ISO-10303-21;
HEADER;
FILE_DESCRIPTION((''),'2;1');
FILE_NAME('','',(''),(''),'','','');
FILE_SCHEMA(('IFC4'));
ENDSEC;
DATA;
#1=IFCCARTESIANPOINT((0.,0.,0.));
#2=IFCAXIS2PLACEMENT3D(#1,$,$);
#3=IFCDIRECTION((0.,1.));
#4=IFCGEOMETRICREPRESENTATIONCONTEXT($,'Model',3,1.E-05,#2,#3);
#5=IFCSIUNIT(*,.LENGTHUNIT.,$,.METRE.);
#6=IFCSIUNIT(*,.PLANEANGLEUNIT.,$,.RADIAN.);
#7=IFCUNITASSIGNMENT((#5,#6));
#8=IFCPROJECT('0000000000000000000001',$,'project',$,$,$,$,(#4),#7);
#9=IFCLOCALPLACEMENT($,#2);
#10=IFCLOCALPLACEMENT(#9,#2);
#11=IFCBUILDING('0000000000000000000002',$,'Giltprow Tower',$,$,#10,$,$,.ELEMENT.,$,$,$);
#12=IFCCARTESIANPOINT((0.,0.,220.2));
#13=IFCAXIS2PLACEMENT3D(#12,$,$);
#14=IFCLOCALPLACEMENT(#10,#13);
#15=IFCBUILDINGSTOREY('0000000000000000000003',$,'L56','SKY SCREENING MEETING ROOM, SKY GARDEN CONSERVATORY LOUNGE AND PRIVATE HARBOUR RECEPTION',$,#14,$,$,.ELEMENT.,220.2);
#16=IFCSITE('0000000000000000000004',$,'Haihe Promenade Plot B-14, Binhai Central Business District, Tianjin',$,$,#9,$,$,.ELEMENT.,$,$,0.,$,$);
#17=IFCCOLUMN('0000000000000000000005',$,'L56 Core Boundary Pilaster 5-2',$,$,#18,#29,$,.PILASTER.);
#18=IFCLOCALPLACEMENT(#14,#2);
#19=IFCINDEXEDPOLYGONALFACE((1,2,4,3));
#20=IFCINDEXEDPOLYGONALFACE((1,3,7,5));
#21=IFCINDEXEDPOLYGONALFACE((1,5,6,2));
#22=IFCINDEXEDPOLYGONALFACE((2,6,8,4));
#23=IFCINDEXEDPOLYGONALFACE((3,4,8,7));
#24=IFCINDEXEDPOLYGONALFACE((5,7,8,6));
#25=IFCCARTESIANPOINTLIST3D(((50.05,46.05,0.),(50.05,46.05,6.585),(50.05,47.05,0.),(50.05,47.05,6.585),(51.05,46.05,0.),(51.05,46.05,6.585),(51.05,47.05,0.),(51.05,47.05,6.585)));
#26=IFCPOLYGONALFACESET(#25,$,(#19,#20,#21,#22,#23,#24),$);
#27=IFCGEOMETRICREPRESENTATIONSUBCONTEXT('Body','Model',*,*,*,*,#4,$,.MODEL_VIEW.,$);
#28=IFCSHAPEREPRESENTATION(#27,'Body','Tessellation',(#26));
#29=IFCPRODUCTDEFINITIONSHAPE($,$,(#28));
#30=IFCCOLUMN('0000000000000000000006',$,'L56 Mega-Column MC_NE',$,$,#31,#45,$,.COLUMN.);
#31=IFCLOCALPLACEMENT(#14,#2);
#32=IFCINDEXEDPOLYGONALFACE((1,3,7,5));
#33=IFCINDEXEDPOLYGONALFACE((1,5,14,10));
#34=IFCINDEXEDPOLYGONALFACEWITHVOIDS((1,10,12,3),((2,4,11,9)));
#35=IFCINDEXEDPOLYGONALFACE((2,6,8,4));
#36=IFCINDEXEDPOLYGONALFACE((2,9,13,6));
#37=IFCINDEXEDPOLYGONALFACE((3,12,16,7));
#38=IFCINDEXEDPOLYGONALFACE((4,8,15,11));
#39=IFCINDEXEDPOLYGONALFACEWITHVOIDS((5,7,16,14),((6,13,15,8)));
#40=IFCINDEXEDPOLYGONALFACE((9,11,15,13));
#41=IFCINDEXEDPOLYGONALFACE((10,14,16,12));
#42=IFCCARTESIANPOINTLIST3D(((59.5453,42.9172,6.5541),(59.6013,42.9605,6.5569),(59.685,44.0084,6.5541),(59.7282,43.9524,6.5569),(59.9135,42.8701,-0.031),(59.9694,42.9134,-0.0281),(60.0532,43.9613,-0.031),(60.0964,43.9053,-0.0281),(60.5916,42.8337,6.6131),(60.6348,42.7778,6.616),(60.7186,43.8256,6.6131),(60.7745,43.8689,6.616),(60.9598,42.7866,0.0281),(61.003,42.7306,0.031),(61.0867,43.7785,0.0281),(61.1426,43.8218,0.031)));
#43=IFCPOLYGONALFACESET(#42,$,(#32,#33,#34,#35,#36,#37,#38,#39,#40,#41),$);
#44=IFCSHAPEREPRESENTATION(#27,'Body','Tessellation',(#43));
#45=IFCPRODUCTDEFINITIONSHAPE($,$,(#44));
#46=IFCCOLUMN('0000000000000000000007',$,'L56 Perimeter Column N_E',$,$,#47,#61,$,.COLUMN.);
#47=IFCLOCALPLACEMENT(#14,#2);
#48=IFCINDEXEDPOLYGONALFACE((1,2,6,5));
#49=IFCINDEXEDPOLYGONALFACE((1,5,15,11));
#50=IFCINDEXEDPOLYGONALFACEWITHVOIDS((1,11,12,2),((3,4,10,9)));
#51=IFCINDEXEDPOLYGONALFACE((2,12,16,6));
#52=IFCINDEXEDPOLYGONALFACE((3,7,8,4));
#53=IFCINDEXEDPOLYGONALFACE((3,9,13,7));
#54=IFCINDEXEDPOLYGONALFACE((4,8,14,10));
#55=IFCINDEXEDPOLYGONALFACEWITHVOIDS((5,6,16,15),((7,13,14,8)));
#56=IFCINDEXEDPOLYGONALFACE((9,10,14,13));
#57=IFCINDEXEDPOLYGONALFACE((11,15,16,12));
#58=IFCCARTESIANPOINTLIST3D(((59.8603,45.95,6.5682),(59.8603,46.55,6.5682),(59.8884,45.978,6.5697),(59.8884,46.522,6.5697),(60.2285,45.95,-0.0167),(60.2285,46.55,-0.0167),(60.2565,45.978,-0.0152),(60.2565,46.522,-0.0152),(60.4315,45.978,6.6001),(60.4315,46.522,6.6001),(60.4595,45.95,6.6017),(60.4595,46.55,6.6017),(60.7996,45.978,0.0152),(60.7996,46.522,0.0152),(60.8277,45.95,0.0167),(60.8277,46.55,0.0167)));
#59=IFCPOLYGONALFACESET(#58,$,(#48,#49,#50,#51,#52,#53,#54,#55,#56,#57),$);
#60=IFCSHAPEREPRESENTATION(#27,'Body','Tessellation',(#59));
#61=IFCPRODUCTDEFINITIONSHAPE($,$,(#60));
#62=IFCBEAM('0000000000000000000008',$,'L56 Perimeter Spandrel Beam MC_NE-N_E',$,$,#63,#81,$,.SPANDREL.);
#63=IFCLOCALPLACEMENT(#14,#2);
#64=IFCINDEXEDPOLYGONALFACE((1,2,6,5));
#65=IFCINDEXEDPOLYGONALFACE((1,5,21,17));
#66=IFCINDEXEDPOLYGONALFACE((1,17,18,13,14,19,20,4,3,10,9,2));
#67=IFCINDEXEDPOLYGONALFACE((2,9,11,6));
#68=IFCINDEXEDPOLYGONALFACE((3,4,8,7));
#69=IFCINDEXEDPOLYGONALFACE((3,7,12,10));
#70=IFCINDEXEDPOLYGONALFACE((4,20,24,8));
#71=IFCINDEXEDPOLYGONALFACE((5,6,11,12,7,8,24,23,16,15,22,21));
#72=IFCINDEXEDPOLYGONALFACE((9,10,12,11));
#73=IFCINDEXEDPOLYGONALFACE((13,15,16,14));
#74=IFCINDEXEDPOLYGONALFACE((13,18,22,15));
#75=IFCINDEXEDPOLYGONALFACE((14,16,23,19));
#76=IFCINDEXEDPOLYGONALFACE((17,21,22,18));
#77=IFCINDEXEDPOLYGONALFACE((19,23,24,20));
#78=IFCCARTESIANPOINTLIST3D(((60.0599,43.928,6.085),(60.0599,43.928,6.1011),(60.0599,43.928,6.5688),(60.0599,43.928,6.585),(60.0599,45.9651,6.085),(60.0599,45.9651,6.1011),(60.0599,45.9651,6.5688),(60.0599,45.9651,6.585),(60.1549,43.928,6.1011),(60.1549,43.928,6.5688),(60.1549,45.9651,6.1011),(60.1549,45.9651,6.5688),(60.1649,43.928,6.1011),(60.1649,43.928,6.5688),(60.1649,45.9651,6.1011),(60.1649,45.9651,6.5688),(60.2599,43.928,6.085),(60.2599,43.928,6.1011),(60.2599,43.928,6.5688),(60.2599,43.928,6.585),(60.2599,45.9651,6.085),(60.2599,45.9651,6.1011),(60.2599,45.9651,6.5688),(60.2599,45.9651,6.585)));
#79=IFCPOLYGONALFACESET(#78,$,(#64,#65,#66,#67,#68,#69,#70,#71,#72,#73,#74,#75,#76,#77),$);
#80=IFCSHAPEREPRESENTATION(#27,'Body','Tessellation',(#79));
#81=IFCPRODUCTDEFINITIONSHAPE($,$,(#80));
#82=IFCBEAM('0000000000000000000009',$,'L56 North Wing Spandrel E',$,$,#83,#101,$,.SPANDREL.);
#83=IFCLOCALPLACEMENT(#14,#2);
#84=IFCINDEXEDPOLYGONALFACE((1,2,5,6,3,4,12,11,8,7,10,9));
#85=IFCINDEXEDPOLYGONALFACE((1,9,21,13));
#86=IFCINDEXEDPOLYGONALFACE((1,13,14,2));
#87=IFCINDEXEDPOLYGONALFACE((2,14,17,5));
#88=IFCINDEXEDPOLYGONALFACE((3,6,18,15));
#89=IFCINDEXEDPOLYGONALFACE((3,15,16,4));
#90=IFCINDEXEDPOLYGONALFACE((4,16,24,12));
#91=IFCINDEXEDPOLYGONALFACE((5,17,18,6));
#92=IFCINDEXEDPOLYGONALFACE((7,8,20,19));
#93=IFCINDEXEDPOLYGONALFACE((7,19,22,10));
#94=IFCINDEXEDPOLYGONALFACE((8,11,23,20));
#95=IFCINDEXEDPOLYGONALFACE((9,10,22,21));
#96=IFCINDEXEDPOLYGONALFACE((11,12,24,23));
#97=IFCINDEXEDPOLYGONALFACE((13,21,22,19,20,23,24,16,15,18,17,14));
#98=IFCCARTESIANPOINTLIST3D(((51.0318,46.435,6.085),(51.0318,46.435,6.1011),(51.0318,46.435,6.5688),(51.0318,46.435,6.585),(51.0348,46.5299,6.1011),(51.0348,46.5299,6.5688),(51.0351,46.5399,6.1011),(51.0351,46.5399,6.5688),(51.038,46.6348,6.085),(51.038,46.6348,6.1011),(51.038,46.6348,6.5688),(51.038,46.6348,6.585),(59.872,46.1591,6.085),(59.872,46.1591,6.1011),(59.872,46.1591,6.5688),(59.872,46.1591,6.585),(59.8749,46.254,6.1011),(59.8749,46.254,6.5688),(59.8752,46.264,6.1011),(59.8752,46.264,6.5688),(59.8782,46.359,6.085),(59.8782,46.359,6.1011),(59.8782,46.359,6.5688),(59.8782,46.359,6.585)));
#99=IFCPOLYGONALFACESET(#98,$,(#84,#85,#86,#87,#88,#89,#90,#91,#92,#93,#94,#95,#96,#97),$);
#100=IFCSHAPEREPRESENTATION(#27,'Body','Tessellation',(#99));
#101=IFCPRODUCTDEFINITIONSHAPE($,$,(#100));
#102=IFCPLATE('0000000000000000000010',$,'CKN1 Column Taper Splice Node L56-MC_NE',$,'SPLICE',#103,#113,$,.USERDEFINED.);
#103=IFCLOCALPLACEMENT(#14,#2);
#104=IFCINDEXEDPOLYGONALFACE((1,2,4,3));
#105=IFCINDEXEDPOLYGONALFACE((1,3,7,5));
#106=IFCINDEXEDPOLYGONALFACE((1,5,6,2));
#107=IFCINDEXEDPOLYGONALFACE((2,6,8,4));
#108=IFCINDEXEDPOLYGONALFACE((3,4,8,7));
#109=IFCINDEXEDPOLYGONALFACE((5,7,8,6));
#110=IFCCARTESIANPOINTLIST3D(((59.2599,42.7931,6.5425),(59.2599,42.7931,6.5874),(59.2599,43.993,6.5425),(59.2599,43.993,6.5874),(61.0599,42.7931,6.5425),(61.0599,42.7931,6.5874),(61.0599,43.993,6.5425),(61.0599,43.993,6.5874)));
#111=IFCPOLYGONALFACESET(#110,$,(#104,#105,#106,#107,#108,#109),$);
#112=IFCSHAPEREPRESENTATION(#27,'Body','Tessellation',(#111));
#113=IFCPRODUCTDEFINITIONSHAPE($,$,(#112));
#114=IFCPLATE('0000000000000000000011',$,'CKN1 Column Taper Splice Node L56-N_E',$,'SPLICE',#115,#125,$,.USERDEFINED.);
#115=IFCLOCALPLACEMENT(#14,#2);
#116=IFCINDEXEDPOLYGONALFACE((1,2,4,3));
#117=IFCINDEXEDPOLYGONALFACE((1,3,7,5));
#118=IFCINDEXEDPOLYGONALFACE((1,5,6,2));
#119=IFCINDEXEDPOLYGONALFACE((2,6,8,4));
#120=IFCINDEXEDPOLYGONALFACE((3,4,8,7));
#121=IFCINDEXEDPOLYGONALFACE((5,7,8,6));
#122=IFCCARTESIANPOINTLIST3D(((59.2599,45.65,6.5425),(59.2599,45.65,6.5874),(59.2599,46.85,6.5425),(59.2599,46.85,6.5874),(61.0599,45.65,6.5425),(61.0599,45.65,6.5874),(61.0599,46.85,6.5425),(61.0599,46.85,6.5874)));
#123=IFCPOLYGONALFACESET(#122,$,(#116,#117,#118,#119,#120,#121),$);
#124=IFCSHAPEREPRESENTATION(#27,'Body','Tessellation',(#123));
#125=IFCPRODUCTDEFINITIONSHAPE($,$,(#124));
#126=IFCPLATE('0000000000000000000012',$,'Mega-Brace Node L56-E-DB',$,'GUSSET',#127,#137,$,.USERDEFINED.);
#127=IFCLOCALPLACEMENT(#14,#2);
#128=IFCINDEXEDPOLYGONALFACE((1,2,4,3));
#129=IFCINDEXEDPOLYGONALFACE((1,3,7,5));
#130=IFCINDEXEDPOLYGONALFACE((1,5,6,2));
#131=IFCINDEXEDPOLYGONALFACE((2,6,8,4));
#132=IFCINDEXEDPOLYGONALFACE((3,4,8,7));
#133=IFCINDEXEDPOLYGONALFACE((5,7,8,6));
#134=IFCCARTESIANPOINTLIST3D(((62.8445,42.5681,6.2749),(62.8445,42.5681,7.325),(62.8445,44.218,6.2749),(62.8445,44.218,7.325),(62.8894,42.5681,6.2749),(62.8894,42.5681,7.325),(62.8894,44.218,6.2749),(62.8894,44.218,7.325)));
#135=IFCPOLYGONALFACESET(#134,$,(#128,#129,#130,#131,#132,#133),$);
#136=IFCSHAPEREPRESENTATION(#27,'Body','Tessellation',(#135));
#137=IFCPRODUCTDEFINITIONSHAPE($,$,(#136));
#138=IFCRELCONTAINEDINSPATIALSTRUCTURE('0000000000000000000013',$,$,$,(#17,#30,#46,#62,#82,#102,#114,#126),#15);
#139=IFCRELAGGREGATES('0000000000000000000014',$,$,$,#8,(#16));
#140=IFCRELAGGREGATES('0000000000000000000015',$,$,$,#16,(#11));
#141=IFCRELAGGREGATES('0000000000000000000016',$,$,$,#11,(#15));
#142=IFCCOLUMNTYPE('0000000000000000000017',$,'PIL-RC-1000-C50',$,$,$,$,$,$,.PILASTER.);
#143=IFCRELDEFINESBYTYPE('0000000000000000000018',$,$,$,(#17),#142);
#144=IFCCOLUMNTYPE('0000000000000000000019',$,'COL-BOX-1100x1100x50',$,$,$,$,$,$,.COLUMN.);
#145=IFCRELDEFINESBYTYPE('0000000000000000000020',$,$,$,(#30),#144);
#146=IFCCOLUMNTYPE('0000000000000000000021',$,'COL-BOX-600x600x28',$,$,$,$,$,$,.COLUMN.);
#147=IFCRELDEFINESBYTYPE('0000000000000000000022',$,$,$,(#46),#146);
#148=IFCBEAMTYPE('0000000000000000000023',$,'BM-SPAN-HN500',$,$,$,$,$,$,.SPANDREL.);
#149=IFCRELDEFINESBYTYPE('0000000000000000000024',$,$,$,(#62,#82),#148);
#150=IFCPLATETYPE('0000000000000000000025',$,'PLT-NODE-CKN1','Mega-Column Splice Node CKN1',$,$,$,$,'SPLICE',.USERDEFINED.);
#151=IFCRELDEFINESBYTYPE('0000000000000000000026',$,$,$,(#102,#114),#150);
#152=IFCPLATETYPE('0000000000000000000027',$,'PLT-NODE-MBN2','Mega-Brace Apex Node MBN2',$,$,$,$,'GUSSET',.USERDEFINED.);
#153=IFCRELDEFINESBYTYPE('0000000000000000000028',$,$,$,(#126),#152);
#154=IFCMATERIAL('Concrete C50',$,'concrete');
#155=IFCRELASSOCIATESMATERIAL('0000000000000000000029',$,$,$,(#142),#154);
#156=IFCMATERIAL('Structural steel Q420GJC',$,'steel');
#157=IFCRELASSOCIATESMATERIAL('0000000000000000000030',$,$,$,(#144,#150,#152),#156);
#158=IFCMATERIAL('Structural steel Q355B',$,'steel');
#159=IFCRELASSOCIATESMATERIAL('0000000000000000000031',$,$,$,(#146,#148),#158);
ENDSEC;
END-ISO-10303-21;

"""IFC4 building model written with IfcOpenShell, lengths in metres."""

from ifc_helpers import new_model, si_unit, direction, frame, origin, origin_2d, place, context, subcontext, project, spatial, rectangle, hollow_rectangle, i_section, extrude, source, transform, mapped, material, material_profile, profile_set, type_object, element, save


model = new_model("IFC4")

# Units and contexts
model_context = context("Model", 3, precision=1e-05, world=origin(), true_north=direction((0.0, 1.0)))
body_context = subcontext(model_context, "Body", "Model", "MODEL_VIEW")
ifc_project = project(units=[si_unit("LENGTHUNIT", "METRE"), si_unit("PLANEANGLEUNIT", "RADIAN")], contexts=[model_context])

# Site, building, storey
site_placement = place(None, origin())
site = spatial("IfcSite", under=ifc_project, at=site_placement, Name="Haihe Promenade Plot B-14, Binhai Central Business District, Tianjin", CompositionType="ELEMENT", RefElevation=0.0)
building_placement = place(site_placement, origin())
building = spatial("IfcBuilding", under=site, at=building_placement, Name="Giltprow Tower", CompositionType="ELEMENT")
storey_placement = place(building_placement, frame((0.0, 0.0, 220.2)))
storey = spatial("IfcBuildingStorey", under=building, at=storey_placement, Name="L56", Description="SKY SCREENING MEETING ROOM, SKY GARDEN CONSERVATORY LOUNGE AND PRIVATE HARBOUR RECEPTION", CompositionType="ELEMENT", Elevation=220.2)

# Columns
ifc_material_1 = material(Name="Concrete C50", Category="concrete")
ifc_material_profile_1 = material_profile(ifc_material_1, rectangle(XDim=1.0, YDim=1.0, at=origin_2d()), Name="RC 1000x1000")
ifc_profile_set_1 = profile_set([ifc_material_profile_1], Name="Concrete C50")
column_type_1 = type_object("IfcColumnType", Name="PIL-RC-1000-C50", PredefinedType="PILASTER", material=ifc_profile_set_1)
shared_shape_1 = source(origin(), body_context, "Body", "SweptSolid", [
    extrude(rectangle(XDim=1.0, YDim=1.0, at=origin_2d()), origin(), (0.0, 0.0, 1.0), 6.585),
])
column_1_placement = place(storey_placement, frame((50.55, 46.55, 0.0), z_axis=(0.0, 0.0, 1.0), x_axis=(1.0, 0.0, 0.0)))
element("IfcColumn", 1, at=column_1_placement, inside=storey, type_object=column_type_1, Name="L56 Core Boundary Pilaster 5-2", PredefinedType="PILASTER", context=body_context, shape_type="MappedRepresentation", body=[
    mapped(shared_shape_1, transform((0.0, 0.0, 0.0), x_axis=(1.0, 0.0, 0.0), y_axis=(0.0, 1.0, 0.0), z_axis=(0.0, 0.0, 1.0), scale=1.0)),
])
ifc_material_2 = material(Name="Structural steel Q420GJC", Category="steel")
ifc_material_profile_2 = material_profile(ifc_material_2, hollow_rectangle(XDim=1.1001, YDim=1.1001, WallThickness=0.05, at=origin_2d()), Name="BOX 1100x1100x50")
ifc_profile_set_2 = profile_set([ifc_material_profile_2], Name="Structural steel Q420GJC")
column_type_2 = type_object("IfcColumnType", Name="COL-BOX-1100x1100x50", PredefinedType="COLUMN", material=ifc_profile_set_2)
shared_shape_2 = source(origin(), body_context, "Body", "SweptSolid", [
    extrude(hollow_rectangle(XDim=1.1001, YDim=1.1001, WallThickness=0.05, at=origin_2d()), origin(), (0.0, 0.0, 1.0), 6.5955),
])
column_2_placement = place(storey_placement, frame((60.5281, 43.3459, 0.0), z_axis=(-0.055821, 0.007144, 0.998415), x_axis=(-0.126949, -0.991909, 0.0)))
element("IfcColumn", 2, at=column_2_placement, inside=storey, type_object=column_type_2, Name="L56 Mega-Column MC_NE", PredefinedType="COLUMN", context=body_context, shape_type="MappedRepresentation", body=[
    mapped(shared_shape_2, transform((0.0, 0.0, 0.0), x_axis=(1.0, 0.0, 0.0), y_axis=(0.0, 1.0, 0.0), z_axis=(0.0, 0.0, 1.0), scale=1.0)),
])
ifc_material_3 = material(Name="Structural steel Q355B", Category="steel")
ifc_material_profile_3 = material_profile(ifc_material_3, hollow_rectangle(XDim=0.6001, YDim=0.6001, WallThickness=0.0281, at=origin_2d()), Name="BOX 600x600x28")
ifc_profile_set_3 = profile_set([ifc_material_profile_3], Name="Structural steel Q355B")
column_type_3 = type_object("IfcColumnType", Name="COL-BOX-600x600x28", PredefinedType="COLUMN", material=ifc_profile_set_3)
shared_shape_3 = source(origin(), body_context, "Body", "SweptSolid", [
    extrude(hollow_rectangle(XDim=0.6001, YDim=0.6001, WallThickness=0.0281, at=origin_2d()), origin(), (0.0, 0.0, 1.0), 6.5952),
])
column_3_placement = place(storey_placement, frame((60.5281, 46.25, 0.0), z_axis=(-0.055823, 0.0, 0.998441), x_axis=(0.0, -1.0, 0.0)))
element("IfcColumn", 3, at=column_3_placement, inside=storey, type_object=column_type_3, Name="L56 Perimeter Column N_E", PredefinedType="COLUMN", context=body_context, shape_type="MappedRepresentation", body=[
    mapped(shared_shape_3, transform((0.0, 0.0, 0.0), x_axis=(1.0, 0.0, 0.0), y_axis=(0.0, 1.0, 0.0), z_axis=(0.0, 0.0, 1.0), scale=1.0)),
])

# Beams
ifc_material_profile_4 = material_profile(ifc_material_3, i_section(OverallWidth=0.2, OverallDepth=0.5, WebThickness=0.01, FlangeThickness=0.0161, at=origin_2d()), Name="HN 500x200x10x16")
ifc_profile_set_4 = profile_set([ifc_material_profile_4], Name="Structural steel Q355B")
beam_type = type_object("IfcBeamType", Name="BM-SPAN-HN500", PredefinedType="SPANDREL", material=ifc_profile_set_4)
shared_shape_4 = source(origin(), body_context, "Body", "SweptSolid", [
    extrude(i_section(OverallWidth=0.2, OverallDepth=0.5, WebThickness=0.01, FlangeThickness=0.0161, at=origin_2d()), origin(), (0.0, 0.0, 1.0), 2.0371),
])
beam_1_placement = place(storey_placement, frame((60.1599, 43.928, 6.335), z_axis=(0.0, 1.0, 0.0), x_axis=(-1.0, 0.0, 0.0)))
element("IfcBeam", 4, at=beam_1_placement, inside=storey, type_object=beam_type, Name="L56 Perimeter Spandrel Beam MC_NE-N_E", PredefinedType="SPANDREL", context=body_context, shape_type="MappedRepresentation", body=[
    mapped(shared_shape_4, transform((0.0, 0.0, 0.0), x_axis=(1.0, 0.0, 0.0), y_axis=(0.0, 1.0, 0.0), z_axis=(0.0, 0.0, 1.0), scale=1.0)),
])
shared_shape_5 = source(origin(), body_context, "Body", "SweptSolid", [
    extrude(i_section(OverallWidth=0.2, OverallDepth=0.5, WebThickness=0.01, FlangeThickness=0.0161, at=origin_2d()), origin(), (0.0, 0.0, 1.0), 8.8445),
])
beam_2_placement = place(storey_placement, frame((51.0349, 46.5349, 6.335), z_axis=(0.999513, -0.031193, 0.0), x_axis=(0.031193, 0.999513, 0.0)))
element("IfcBeam", 5, at=beam_2_placement, inside=storey, type_object=beam_type, Name="L56 North Wing Spandrel E", PredefinedType="SPANDREL", context=body_context, shape_type="MappedRepresentation", body=[
    mapped(shared_shape_5, transform((0.0, 0.0, 0.0), x_axis=(1.0, 0.0, 0.0), y_axis=(0.0, 1.0, 0.0), z_axis=(0.0, 0.0, 1.0), scale=1.0)),
])

# Plates
plate_type_1 = type_object("IfcPlateType", Name="PLT-NODE-CKN1", Description="Mega-Column Splice Node CKN1", ElementType="SPLICE", PredefinedType="USERDEFINED", material=ifc_material_2)
shared_shape_6 = source(origin(), body_context, "Body", "SweptSolid", [
    extrude(rectangle(XDim=1.8, YDim=1.2, at=origin_2d()), origin(), (0.0, 0.0, 1.0), 0.0449),
])
for number, where, z_axis, x_axis, name in (
    (6, (60.1599, 43.3931, 6.5425), (0.0, 0.0, 1.0), (1.0, 0.0, 0.0), "CKN1 Column Taper Splice Node L56-MC_NE"),
    (7, (60.1599, 46.25, 6.5425), (0.0, 0.0, 1.0), (1.0, 0.0, 0.0), "CKN1 Column Taper Splice Node L56-N_E"),
):
    element("IfcPlate", number, at=place(storey_placement, frame(where, z_axis=z_axis, x_axis=x_axis)), inside=storey, type_object=plate_type_1, Name=name, ObjectType="SPLICE", PredefinedType="USERDEFINED", context=body_context, shape_type="MappedRepresentation", body=[
        mapped(shared_shape_6, transform((0.0, 0.0, 0.0), x_axis=(1.0, 0.0, 0.0), y_axis=(0.0, 1.0, 0.0), z_axis=(0.0, 0.0, 1.0), scale=1.0)),
    ])
plate_type_2 = type_object("IfcPlateType", Name="PLT-NODE-MBN2", Description="Mega-Brace Apex Node MBN2", ElementType="GUSSET", PredefinedType="USERDEFINED", material=ifc_material_2)
shared_shape_7 = source(origin(), body_context, "Body", "SweptSolid", [
    extrude(rectangle(XDim=1.6499, YDim=0.0449, at=origin_2d()), origin(), (0.0, 0.0, 1.0), 1.05),
])
plate_placement = place(storey_placement, frame((62.8669, 43.3931, 6.2749), z_axis=(0.0, 0.0, 1.0), x_axis=(0.0, 1.0, 0.0)))
element("IfcPlate", 8, at=plate_placement, inside=storey, type_object=plate_type_2, Name="Mega-Brace Node L56-E-DB", ObjectType="GUSSET", PredefinedType="USERDEFINED", context=body_context, shape_type="MappedRepresentation", body=[
    mapped(shared_shape_7, transform((0.0, 0.0, 0.0), x_axis=(1.0, 0.0, 0.0), y_axis=(0.0, 1.0, 0.0), z_axis=(0.0, 0.0, 1.0), scale=1.0)),
])

save(model, "model.ifc")
